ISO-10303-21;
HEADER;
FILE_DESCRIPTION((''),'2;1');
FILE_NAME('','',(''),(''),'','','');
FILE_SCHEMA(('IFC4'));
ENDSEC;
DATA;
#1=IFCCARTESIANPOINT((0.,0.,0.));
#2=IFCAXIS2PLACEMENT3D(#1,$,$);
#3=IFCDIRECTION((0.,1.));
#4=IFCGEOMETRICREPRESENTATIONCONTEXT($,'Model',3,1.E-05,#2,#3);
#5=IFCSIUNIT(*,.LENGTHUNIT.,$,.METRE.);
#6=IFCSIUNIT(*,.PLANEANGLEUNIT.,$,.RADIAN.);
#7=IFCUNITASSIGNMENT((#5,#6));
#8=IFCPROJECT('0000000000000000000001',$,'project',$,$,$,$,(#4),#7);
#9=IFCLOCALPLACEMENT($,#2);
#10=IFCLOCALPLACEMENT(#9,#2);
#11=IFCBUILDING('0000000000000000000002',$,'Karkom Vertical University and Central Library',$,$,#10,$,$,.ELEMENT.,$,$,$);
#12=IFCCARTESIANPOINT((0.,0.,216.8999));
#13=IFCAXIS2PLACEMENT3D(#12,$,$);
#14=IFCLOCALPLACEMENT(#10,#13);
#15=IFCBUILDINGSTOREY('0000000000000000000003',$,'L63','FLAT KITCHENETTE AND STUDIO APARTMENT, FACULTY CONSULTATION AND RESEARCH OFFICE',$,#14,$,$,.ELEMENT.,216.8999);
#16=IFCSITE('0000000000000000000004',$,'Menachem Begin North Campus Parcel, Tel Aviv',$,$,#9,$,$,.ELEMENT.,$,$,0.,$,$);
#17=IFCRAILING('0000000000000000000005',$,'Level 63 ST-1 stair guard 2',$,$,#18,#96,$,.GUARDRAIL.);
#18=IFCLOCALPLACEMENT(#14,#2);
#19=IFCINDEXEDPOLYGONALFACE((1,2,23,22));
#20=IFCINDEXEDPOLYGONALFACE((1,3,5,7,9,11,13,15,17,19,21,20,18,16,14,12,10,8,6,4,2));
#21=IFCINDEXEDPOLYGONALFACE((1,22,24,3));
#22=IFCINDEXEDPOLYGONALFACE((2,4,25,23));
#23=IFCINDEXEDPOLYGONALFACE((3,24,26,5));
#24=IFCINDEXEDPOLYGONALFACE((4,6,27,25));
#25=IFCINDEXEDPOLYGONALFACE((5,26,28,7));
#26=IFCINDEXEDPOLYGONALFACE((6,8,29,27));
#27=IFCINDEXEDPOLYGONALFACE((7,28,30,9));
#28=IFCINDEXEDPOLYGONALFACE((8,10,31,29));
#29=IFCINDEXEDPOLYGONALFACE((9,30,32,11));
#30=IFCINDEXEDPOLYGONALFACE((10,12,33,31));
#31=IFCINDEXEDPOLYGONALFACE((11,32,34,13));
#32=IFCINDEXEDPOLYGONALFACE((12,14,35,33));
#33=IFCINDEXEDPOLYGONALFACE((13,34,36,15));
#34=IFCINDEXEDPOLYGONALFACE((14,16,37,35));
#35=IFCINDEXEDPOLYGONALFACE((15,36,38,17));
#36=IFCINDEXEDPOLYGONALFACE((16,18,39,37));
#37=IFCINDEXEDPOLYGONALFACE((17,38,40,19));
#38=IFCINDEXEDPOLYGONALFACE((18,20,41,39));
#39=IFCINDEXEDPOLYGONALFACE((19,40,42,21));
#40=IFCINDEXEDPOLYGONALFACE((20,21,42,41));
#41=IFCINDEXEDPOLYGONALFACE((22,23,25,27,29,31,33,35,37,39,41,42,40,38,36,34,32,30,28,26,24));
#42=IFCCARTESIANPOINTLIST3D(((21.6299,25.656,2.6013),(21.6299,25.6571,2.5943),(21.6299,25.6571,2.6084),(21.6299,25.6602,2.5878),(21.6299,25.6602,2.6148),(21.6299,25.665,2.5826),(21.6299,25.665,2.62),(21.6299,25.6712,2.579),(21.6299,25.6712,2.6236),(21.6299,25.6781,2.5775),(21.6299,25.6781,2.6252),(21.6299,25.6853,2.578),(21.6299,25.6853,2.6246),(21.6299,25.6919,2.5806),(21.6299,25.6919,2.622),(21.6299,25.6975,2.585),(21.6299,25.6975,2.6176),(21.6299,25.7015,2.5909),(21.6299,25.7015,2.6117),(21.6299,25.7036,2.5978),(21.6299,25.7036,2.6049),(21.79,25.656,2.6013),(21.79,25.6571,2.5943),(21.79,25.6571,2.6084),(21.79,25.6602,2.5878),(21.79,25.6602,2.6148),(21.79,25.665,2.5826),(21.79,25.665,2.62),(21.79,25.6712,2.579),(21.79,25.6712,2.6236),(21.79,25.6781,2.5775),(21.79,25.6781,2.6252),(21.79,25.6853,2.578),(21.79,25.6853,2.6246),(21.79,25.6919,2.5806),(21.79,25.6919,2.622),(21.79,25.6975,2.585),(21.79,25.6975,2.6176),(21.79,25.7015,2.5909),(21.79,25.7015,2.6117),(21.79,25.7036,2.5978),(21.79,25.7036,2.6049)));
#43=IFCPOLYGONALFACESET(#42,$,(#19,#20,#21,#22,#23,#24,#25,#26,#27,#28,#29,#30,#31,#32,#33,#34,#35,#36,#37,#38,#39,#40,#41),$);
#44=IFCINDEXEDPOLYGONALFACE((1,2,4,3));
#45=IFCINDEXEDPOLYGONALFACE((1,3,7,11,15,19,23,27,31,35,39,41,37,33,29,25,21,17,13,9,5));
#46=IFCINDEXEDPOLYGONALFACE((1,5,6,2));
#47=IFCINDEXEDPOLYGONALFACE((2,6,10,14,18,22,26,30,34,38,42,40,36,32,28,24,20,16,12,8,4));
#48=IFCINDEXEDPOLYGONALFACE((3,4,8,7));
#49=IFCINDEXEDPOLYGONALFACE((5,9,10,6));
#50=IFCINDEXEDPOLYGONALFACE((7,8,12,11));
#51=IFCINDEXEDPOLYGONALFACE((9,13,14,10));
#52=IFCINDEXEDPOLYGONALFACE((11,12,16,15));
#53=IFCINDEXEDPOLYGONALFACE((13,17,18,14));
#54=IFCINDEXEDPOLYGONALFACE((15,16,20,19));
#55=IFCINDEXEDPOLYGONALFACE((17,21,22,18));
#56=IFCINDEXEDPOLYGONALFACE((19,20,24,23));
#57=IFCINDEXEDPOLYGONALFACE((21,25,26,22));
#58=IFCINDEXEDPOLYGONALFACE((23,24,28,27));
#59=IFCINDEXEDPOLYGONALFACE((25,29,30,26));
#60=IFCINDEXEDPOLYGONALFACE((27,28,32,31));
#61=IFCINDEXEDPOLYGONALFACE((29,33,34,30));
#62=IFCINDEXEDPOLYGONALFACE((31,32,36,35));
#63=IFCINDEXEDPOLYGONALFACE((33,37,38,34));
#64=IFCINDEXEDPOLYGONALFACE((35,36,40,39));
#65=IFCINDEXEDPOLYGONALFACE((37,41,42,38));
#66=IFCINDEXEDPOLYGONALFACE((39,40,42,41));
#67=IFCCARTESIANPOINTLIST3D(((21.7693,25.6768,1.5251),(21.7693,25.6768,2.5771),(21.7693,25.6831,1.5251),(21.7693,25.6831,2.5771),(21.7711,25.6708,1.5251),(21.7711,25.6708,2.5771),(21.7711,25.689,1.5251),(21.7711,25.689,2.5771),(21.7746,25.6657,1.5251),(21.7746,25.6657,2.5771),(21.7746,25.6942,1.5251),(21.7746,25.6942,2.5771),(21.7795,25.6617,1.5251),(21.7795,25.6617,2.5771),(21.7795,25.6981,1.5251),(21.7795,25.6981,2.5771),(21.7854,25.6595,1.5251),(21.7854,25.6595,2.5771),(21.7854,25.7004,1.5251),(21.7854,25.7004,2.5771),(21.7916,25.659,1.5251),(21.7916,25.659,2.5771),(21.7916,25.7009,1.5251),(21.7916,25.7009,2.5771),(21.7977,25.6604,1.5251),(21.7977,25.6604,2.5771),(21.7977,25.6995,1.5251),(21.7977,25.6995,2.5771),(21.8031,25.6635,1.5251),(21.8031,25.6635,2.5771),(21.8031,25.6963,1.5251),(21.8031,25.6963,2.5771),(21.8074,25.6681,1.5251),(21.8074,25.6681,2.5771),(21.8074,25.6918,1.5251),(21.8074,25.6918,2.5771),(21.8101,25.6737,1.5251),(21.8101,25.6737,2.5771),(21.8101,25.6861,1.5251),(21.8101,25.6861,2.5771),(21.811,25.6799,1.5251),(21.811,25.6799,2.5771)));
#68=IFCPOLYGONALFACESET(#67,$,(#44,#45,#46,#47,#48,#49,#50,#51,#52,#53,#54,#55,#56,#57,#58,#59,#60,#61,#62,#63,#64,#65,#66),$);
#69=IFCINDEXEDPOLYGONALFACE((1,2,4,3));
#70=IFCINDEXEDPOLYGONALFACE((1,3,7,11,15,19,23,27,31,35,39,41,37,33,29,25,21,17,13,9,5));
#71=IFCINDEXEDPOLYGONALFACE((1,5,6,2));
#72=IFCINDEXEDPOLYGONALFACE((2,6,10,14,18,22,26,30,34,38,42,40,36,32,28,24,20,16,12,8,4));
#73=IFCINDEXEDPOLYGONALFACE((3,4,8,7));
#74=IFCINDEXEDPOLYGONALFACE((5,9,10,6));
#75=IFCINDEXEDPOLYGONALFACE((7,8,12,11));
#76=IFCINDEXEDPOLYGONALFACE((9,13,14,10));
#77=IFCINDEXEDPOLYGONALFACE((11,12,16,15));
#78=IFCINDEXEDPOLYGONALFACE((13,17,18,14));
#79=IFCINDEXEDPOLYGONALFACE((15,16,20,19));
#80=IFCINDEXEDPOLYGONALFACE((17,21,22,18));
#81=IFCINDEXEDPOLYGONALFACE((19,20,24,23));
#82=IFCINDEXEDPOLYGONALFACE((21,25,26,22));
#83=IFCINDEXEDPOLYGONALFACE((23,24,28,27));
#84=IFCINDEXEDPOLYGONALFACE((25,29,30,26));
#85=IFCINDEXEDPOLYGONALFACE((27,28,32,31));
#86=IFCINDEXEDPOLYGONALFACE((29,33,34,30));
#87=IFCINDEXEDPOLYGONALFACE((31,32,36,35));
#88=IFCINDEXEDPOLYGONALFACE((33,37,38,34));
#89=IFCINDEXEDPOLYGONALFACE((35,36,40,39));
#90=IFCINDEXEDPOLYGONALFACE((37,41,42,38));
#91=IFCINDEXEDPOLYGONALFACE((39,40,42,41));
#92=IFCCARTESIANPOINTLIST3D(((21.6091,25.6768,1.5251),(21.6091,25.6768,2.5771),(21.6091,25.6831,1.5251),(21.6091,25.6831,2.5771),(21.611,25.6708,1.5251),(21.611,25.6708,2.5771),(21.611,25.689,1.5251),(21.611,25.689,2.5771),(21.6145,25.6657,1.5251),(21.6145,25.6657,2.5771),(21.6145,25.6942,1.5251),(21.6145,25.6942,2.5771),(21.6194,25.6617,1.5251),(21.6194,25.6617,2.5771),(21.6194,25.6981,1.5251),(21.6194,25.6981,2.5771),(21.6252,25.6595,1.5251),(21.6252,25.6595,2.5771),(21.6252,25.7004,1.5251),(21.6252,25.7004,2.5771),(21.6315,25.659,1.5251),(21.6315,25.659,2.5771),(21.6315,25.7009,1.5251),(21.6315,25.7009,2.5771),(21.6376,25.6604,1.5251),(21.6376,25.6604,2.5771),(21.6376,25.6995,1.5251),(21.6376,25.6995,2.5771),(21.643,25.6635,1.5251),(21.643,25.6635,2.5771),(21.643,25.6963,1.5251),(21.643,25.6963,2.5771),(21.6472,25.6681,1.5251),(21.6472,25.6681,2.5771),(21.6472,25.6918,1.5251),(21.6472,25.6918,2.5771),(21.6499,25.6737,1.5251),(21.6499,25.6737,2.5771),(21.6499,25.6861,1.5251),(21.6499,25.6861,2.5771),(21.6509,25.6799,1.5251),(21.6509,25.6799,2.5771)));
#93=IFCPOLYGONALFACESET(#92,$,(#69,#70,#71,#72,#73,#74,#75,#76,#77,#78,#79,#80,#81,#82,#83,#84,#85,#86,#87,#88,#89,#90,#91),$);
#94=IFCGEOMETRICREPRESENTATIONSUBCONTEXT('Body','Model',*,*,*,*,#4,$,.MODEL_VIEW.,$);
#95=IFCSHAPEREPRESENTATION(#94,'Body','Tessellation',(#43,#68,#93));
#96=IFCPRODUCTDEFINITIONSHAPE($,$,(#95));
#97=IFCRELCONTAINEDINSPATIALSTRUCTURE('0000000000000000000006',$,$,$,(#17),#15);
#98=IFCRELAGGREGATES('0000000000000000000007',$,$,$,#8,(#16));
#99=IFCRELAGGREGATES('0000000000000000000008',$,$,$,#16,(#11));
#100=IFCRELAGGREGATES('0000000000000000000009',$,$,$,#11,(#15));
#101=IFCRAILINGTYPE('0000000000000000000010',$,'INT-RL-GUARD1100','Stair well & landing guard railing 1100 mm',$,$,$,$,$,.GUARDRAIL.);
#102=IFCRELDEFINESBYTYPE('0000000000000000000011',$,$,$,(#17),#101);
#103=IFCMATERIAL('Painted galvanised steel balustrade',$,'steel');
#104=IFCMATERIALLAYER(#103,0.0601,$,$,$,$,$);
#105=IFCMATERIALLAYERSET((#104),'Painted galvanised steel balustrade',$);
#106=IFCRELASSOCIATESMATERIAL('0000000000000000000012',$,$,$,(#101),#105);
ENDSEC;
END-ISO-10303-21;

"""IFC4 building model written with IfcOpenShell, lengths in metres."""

from ifc_helpers import new_model, si_unit, direction, frame, origin, origin_2d, place, context, subcontext, project, spatial, circle, extrude, material, layer, layer_set, type_object, element, save


model = new_model("IFC4")

# Units and contexts
model_context = context("Model", 3, precision=1e-05, world=origin(), true_north=direction((0.0, 1.0)))
body_context = subcontext(model_context, "Body", "Model", "MODEL_VIEW")
ifc_project = project(units=[si_unit("LENGTHUNIT", "METRE"), si_unit("PLANEANGLEUNIT", "RADIAN")], contexts=[model_context])

# Site, building, storey
site_placement = place(None, origin())
site = spatial("IfcSite", under=ifc_project, at=site_placement, Name="Menachem Begin North Campus Parcel, Tel Aviv", CompositionType="ELEMENT", RefElevation=0.0)
building_placement = place(site_placement, origin())
building = spatial("IfcBuilding", under=site, at=building_placement, Name="Karkom Vertical University and Central Library", CompositionType="ELEMENT")
storey_placement = place(building_placement, frame((0.0, 0.0, 216.8999)))
storey = spatial("IfcBuildingStorey", under=building, at=storey_placement, Name="L63", Description="FLAT KITCHENETTE AND STUDIO APARTMENT, FACULTY CONSULTATION AND RESEARCH OFFICE", CompositionType="ELEMENT", Elevation=216.8999)

# Railing
ifc_material_1 = material(Name="Painted galvanised steel balustrade", Category="steel")
ifc_layer_1 = layer(ifc_material_1, 0.0601)
ifc_layer_set_1 = layer_set([ifc_layer_1], Name="Painted galvanised steel balustrade")
railing_type_1 = type_object("IfcRailingType", Name="INT-RL-GUARD1100", Description="Stair well & landing guard railing 1100 mm", PredefinedType="GUARDRAIL", material=ifc_layer_set_1)
railing_1_placement = place(storey_placement, frame((21.79, 25.6799, 1.5251)))
element("IfcRailing", 1, at=railing_1_placement, inside=storey, type_object=railing_type_1, Name="Level 63 ST-1 stair guard 2", PredefinedType="GUARDRAIL", context=body_context, shape_type="SweptSolid", body=[
    extrude(circle(Radius=0.0239, at=origin_2d()), frame((0.0, 0.0, 1.0762), z_axis=(-1.0, 0.0, 0.0), x_axis=(0.0, -1.0, 0.0)), (0.0, 0.0, 1.0), 0.1602),
    extrude(circle(Radius=0.021, at=origin_2d()), origin(), (0.0, 0.0, 1.0), 1.052),
    extrude(circle(Radius=0.021, at=origin_2d()), frame((-0.1602, 0.0, 0.0)), (0.0, 0.0, 1.0), 1.052),
])

save(model, "model.ifc")
